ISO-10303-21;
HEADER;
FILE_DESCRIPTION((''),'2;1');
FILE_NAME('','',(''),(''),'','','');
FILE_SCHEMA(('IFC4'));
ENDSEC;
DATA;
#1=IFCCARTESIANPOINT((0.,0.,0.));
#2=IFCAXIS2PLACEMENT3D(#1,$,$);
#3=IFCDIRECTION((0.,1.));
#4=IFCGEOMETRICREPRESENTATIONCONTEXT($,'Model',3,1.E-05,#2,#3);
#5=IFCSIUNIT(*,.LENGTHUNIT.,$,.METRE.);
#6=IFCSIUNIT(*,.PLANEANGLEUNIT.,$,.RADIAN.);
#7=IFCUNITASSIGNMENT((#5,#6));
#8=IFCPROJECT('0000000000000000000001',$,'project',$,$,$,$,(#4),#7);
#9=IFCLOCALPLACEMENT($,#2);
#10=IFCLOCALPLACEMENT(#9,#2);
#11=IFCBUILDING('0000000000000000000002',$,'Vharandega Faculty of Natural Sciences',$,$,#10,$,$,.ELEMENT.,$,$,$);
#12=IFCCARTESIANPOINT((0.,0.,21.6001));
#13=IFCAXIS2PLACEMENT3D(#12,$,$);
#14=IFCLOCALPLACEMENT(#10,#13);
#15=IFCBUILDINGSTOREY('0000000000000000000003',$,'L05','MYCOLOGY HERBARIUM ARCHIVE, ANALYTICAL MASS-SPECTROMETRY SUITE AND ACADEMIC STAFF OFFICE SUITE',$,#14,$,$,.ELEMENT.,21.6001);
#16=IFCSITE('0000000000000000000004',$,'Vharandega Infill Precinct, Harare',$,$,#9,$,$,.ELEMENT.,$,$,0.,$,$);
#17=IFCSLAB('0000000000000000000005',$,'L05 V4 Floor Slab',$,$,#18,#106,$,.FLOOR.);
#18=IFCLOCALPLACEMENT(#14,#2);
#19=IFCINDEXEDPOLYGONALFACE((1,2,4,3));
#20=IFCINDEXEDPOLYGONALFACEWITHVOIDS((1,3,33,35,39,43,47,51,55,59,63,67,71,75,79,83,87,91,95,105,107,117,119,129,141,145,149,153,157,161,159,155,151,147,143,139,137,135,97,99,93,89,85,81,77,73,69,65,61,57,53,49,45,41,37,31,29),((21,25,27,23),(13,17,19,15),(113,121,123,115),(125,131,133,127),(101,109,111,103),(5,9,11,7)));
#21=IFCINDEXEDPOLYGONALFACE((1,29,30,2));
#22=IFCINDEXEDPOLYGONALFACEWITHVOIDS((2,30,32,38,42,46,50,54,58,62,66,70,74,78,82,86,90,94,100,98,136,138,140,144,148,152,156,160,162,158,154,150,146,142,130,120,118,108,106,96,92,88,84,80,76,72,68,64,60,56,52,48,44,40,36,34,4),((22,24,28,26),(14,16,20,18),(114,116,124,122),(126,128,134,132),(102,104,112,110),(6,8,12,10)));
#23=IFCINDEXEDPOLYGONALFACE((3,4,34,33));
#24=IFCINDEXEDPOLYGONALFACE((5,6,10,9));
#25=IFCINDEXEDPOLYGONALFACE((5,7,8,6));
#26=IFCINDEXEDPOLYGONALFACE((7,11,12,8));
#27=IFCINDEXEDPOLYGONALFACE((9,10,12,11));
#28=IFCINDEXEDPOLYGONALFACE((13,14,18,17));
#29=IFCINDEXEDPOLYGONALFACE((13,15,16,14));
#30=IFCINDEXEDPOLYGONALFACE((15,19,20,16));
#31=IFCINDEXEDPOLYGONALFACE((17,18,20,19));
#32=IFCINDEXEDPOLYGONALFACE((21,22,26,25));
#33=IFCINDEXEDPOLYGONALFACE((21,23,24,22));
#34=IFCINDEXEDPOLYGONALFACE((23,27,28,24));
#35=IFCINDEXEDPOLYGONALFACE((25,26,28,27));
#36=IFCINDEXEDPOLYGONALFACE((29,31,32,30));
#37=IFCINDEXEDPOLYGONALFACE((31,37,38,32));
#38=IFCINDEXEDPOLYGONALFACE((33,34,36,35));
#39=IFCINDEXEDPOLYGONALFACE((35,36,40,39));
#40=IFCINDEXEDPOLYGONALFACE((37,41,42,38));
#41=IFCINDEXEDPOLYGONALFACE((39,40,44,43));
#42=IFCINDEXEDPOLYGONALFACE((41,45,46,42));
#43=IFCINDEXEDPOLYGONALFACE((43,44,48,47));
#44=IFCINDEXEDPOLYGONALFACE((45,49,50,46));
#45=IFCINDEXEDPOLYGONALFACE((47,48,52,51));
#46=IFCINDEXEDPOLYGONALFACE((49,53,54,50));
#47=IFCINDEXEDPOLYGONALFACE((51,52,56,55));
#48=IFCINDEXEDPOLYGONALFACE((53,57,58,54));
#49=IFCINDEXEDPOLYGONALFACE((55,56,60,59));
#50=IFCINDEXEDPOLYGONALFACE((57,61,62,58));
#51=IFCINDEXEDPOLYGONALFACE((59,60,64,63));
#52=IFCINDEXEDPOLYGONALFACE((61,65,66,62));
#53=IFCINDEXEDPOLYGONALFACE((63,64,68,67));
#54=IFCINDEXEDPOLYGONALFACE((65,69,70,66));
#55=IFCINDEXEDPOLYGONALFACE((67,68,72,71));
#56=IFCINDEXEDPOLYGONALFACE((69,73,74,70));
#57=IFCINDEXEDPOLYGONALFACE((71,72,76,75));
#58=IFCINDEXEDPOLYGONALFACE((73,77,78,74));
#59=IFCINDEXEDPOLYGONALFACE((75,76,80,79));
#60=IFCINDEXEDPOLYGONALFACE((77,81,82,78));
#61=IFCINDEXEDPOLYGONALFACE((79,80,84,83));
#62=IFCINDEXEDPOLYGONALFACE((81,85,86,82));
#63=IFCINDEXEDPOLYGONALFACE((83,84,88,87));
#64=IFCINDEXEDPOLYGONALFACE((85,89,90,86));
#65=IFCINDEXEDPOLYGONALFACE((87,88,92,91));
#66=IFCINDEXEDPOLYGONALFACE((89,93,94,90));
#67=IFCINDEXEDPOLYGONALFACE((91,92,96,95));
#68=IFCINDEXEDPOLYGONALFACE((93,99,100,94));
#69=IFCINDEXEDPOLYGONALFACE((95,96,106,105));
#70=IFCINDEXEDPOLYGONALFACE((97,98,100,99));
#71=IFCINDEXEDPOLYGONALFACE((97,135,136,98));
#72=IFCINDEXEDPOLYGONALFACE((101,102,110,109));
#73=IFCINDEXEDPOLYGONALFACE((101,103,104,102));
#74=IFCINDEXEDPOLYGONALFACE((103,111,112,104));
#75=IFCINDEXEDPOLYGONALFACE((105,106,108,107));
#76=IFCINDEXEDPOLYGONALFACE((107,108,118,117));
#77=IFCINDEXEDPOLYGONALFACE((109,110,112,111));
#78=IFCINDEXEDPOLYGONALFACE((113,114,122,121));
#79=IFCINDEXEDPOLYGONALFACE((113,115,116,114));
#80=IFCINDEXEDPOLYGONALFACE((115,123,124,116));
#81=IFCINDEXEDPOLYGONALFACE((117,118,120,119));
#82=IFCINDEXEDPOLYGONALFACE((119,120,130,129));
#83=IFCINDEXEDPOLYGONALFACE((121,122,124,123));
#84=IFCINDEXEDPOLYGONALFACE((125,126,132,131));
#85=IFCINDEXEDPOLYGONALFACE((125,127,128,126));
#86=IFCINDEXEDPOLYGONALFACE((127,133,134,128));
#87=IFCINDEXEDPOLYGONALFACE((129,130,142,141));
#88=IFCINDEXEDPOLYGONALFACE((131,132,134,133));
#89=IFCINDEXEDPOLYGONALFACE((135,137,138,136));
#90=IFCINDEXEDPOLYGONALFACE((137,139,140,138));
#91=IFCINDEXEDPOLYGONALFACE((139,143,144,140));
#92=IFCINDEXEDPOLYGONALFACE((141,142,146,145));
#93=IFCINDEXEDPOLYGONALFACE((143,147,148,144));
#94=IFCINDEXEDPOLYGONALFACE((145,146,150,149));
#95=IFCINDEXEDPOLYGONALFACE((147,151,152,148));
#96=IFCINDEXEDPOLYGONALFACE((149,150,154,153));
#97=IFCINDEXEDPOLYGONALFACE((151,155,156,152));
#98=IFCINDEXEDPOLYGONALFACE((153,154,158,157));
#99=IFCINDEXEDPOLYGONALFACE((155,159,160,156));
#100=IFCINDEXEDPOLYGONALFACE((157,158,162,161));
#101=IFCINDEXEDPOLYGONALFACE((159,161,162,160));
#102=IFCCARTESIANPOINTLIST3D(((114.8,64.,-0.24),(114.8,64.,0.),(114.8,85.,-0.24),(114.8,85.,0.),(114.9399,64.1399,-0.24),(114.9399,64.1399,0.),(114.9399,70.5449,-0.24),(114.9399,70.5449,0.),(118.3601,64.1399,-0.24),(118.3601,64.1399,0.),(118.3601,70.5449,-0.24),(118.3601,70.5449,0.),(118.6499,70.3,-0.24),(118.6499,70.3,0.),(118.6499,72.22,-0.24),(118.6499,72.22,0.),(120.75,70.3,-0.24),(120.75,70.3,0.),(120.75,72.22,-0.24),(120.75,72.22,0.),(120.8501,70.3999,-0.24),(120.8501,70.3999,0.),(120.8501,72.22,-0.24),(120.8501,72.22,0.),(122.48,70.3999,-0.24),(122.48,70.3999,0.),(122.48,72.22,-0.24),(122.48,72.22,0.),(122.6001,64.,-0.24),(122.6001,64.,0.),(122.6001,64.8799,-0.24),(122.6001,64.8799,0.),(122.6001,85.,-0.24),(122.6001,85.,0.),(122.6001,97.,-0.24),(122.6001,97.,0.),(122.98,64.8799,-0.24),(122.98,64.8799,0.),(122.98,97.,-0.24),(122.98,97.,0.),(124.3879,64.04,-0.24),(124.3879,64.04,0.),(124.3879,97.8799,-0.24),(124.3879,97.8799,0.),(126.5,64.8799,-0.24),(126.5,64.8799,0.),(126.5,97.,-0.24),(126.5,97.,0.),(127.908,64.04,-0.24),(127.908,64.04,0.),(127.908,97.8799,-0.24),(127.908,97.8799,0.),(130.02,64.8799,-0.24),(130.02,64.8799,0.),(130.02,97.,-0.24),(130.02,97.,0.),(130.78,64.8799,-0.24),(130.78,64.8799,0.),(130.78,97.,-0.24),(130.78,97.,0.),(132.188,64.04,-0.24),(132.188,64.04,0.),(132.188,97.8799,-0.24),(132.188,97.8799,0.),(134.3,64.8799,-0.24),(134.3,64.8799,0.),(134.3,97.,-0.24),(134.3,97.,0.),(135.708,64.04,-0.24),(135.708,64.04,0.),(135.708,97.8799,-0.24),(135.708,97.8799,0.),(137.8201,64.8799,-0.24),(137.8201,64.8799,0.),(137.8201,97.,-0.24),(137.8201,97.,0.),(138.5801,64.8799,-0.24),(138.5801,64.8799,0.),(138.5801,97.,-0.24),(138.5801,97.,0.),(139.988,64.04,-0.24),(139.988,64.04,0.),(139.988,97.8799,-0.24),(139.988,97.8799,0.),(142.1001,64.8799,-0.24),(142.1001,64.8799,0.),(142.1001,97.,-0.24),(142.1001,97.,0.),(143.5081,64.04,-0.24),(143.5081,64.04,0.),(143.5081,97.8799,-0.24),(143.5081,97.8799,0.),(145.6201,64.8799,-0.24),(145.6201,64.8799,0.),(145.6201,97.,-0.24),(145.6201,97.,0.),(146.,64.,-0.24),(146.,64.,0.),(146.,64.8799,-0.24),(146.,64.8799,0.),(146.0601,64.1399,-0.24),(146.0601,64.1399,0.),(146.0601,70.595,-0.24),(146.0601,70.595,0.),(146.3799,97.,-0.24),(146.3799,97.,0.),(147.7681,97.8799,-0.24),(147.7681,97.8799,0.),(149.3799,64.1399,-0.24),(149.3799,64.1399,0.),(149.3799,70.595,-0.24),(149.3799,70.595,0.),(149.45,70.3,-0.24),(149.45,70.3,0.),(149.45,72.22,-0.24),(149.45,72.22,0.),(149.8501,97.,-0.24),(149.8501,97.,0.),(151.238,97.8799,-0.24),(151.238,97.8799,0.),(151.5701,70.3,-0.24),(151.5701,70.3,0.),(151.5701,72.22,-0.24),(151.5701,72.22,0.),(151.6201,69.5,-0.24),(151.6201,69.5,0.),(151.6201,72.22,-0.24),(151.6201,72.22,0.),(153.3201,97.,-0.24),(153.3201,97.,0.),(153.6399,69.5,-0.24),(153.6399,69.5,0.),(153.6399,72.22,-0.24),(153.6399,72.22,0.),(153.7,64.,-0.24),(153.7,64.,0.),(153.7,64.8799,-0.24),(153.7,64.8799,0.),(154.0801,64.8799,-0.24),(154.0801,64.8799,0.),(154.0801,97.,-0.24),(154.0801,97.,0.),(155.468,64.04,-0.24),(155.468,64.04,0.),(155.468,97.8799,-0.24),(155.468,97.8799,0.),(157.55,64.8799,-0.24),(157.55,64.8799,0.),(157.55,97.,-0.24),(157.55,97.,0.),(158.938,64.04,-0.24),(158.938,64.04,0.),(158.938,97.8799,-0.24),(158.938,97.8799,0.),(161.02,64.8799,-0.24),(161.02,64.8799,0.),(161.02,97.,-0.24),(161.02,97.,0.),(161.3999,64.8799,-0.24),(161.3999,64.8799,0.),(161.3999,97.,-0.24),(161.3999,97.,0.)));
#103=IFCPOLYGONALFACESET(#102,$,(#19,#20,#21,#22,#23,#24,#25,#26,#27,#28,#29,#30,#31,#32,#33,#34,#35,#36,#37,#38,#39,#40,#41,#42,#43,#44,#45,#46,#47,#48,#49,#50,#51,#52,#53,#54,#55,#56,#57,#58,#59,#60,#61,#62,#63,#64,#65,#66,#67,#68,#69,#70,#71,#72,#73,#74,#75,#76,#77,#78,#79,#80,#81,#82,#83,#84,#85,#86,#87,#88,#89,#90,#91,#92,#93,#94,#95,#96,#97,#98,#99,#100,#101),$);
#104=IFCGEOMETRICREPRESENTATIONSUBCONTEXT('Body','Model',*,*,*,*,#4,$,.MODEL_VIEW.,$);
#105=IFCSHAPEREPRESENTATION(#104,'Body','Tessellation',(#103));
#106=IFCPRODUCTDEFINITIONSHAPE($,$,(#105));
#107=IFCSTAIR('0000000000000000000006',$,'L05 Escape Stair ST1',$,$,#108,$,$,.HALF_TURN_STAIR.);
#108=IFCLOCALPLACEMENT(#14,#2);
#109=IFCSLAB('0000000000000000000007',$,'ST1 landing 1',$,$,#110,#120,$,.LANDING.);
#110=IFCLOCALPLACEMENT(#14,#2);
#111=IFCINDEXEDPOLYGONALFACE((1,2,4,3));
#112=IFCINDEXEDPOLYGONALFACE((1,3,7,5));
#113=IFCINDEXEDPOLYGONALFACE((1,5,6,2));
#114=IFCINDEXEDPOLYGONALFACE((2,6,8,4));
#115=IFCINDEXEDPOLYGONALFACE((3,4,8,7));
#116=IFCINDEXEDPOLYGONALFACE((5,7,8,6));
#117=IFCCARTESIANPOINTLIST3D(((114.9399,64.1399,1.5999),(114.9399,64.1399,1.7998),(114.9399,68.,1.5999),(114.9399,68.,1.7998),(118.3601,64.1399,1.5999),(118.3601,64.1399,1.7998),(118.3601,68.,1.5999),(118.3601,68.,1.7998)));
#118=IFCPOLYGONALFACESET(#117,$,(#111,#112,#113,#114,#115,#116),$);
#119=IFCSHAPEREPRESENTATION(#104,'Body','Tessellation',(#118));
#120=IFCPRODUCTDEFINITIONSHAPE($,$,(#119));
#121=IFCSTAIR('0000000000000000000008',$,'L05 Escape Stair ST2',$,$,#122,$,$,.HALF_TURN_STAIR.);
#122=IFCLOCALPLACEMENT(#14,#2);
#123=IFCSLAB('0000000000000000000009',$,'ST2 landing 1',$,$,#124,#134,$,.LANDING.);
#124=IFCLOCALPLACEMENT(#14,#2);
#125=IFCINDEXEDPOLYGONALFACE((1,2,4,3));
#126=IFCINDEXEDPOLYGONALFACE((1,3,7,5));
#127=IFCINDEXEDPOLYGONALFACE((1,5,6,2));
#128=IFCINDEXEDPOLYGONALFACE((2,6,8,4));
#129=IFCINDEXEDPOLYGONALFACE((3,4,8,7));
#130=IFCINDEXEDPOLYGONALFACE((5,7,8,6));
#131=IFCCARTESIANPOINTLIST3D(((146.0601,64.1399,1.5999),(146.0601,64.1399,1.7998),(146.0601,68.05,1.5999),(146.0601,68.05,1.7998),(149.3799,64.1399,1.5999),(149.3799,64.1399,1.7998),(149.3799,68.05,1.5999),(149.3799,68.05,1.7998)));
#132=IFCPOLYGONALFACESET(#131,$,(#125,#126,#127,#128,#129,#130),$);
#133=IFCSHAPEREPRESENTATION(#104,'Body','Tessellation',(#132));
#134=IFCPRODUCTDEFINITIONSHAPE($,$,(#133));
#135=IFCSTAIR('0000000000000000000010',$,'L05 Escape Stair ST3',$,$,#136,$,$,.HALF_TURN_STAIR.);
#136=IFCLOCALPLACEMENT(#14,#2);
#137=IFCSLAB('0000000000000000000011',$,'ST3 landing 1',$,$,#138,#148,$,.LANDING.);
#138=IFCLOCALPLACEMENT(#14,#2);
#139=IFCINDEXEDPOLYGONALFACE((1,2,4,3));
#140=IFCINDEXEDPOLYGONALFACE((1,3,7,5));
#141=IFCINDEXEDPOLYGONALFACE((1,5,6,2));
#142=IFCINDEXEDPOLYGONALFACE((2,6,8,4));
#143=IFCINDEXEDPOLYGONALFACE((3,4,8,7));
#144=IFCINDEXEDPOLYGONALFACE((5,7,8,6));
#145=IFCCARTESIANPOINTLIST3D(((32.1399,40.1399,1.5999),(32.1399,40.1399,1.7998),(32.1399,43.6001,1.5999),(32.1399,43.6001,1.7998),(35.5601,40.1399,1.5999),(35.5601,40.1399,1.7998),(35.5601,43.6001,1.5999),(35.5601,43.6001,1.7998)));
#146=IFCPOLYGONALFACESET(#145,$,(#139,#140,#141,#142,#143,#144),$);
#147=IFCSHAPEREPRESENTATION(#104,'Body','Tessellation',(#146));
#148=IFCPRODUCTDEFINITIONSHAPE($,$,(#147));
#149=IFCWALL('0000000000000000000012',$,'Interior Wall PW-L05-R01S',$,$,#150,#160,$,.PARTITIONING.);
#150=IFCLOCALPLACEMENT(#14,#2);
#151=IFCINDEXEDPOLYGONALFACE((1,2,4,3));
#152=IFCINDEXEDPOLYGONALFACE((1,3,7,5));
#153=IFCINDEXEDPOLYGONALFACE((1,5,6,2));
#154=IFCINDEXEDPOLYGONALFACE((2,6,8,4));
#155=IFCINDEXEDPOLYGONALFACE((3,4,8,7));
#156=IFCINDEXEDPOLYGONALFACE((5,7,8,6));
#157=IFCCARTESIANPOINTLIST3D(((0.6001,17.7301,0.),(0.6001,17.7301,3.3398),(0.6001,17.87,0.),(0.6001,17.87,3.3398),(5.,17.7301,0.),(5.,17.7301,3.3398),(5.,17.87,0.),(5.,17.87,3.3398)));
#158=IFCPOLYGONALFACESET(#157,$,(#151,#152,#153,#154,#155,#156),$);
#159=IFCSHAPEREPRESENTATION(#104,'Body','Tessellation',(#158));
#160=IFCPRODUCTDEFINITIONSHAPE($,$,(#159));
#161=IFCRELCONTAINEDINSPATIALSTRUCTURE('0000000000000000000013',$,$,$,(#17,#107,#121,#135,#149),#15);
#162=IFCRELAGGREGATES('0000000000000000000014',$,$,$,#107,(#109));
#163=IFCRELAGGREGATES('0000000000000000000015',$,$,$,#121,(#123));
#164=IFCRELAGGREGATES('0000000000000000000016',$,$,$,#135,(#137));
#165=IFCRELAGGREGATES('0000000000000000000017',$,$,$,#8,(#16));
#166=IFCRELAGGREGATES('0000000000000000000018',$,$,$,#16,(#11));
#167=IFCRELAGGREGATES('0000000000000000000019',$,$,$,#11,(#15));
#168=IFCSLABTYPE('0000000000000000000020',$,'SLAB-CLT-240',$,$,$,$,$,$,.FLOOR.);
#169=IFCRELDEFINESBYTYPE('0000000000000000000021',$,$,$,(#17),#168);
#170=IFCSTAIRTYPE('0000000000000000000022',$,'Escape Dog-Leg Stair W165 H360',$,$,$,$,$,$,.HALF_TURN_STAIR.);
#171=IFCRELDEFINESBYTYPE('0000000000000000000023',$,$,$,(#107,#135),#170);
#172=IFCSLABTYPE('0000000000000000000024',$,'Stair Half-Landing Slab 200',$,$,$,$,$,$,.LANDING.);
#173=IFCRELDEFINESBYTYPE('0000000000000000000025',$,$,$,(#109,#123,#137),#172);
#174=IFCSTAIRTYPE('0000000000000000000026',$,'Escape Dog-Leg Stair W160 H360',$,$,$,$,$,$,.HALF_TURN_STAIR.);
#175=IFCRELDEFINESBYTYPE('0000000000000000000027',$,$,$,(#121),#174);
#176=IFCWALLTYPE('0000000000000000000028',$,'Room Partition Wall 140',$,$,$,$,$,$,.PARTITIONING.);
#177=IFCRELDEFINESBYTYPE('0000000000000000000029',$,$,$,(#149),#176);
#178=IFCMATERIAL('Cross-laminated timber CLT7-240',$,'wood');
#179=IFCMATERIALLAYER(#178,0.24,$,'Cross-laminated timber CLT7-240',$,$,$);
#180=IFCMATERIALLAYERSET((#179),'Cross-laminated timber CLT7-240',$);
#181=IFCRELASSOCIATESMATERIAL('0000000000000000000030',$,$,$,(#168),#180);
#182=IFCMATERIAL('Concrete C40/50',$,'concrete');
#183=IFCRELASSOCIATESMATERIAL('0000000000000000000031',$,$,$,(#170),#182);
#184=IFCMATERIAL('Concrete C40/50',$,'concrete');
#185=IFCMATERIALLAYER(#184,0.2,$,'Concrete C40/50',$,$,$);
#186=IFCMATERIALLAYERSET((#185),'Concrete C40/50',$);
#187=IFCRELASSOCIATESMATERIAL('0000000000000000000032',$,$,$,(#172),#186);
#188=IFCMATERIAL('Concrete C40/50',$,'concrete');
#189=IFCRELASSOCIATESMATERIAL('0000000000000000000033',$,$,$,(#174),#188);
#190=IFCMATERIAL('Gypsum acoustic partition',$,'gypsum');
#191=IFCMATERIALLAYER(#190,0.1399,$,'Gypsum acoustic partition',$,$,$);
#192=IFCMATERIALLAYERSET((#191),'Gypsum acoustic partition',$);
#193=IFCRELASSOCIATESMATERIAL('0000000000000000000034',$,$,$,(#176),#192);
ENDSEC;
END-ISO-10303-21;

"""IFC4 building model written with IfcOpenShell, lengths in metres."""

from ifc_helpers import new_model, si_unit, direction, frame, frame_2d, origin, place, context, subcontext, project, spatial, polyline, rectangle, outline, extrude, material, layer, layer_set, type_object, element, aggregate, save


model = new_model("IFC4")

# Units and contexts
model_context = context("Model", 3, precision=1e-05, world=origin(), true_north=direction((0.0, 1.0)))
body_context = subcontext(model_context, "Body", "Model", "MODEL_VIEW")
ifc_project = project(units=[si_unit("LENGTHUNIT", "METRE"), si_unit("PLANEANGLEUNIT", "RADIAN")], contexts=[model_context])

# Site, building, storey
site_placement = place(None, origin())
site = spatial("IfcSite", under=ifc_project, at=site_placement, Name="Vharandega Infill Precinct, Harare", CompositionType="ELEMENT", RefElevation=0.0)
building_placement = place(site_placement, origin())
building = spatial("IfcBuilding", under=site, at=building_placement, Name="Vharandega Faculty of Natural Sciences", CompositionType="ELEMENT")
storey_placement = place(building_placement, frame((0.0, 0.0, 21.6001)))
storey = spatial("IfcBuildingStorey", under=building, at=storey_placement, Name="L05", Description="MYCOLOGY HERBARIUM ARCHIVE, ANALYTICAL MASS-SPECTROMETRY SUITE AND ACADEMIC STAFF OFFICE SUITE", CompositionType="ELEMENT", Elevation=21.6001)

# Slab
ifc_material_1 = material(Name="Cross-laminated timber CLT7-240", Category="wood")
ifc_layer_1 = layer(ifc_material_1, 0.24, Name="Cross-laminated timber CLT7-240")
ifc_layer_set_1 = layer_set([ifc_layer_1], Name="Cross-laminated timber CLT7-240")
slab_type_1 = type_object("IfcSlabType", Name="SLAB-CLT-240", PredefinedType="FLOOR", material=ifc_layer_set_1)
slab_1_placement = place(storey_placement, frame((0.0, 0.0, -0.24)))
element("IfcSlab", 1, at=slab_1_placement, inside=storey, type_object=slab_type_1, Name="L05 V4 Floor Slab", PredefinedType="FLOOR", context=body_context, shape_type="SweptSolid", body=[
    extrude(outline(polyline([(114.8, 64.0), (122.6001, 64.0), (122.6001, 64.8799), (122.98, 64.8799), (124.3879, 64.04), (126.5, 64.8799), (126.5, 64.8799), (127.908, 64.04), (130.02, 64.8799), (130.78, 64.8799), (132.188, 64.04), (134.3, 64.8799), (134.3, 64.8799), (135.708, 64.04), (137.8201, 64.8799), (138.5801, 64.8799), (139.988, 64.04), (142.1001, 64.8799), (142.1001, 64.8799), (143.5081, 64.04), (145.6201, 64.8799), (146.0, 64.8799), (146.0, 64.0), (153.7, 64.0), (153.7, 64.8799), (154.0801, 64.8799), (155.468, 64.04), (157.55, 64.8799), (157.55, 64.8799), (158.938, 64.04), (161.02, 64.8799), (161.3999, 64.8799), (161.3999, 64.0), (161.3999, 97.0), (161.02, 97.0), (158.938, 97.8799), (157.55, 97.0), (157.55, 97.0), (155.468, 97.8799), (154.0801, 97.0), (153.3201, 97.0), (151.238, 97.8799), (149.8501, 97.0), (149.8501, 97.0), (147.7681, 97.8799), (146.3799, 97.0), (145.6201, 97.0), (143.5081, 97.8799), (142.1001, 97.0), (142.1001, 97.0), (139.988, 97.8799), (138.5801, 97.0), (137.8201, 97.0), (135.708, 97.8799), (134.3, 97.0), (134.3, 97.0), (132.188, 97.8799), (130.78, 97.0), (130.02, 97.0), (127.908, 97.8799), (126.5, 97.0), (126.5, 97.0), (124.3879, 97.8799), (122.98, 97.0), (122.6001, 97.0), (122.6001, 85.0), (114.8, 85.0), (114.8, 64.0)]), holes=[polyline([(114.9399, 70.5449), (114.9399, 64.1399), (118.3601, 64.1399), (118.3601, 70.5449), (114.9399, 70.5449)]), polyline([(118.6499, 70.3), (120.75, 70.3), (120.75, 72.22), (118.6499, 72.22), (118.6499, 70.3)]), polyline([(120.8501, 70.3999), (122.48, 70.3999), (122.48, 72.22), (120.8501, 72.22), (120.8501, 70.3999)]), polyline([(146.0601, 70.595), (146.0601, 64.1399), (149.3799, 64.1399), (149.3799, 70.595), (146.0601, 70.595)]), polyline([(149.45, 70.3), (151.5701, 70.3), (151.5701, 72.22), (149.45, 72.22), (149.45, 70.3)]), polyline([(151.6201, 69.5), (153.6399, 69.5), (153.6399, 72.22), (151.6201, 72.22), (151.6201, 69.5)])]), origin(), (0.0, 0.0, 1.0), 0.24),
])

# Stairs, slabs
ifc_material_2 = material(Name="Concrete C40/50", Category="concrete")
stair_type_1 = type_object("IfcStairType", Name="Escape Dog-Leg Stair W165 H360", PredefinedType="HALF_TURN_STAIR", material=ifc_material_2)
stair_1_placement = place(storey_placement, origin())
stair_1 = element("IfcStair", 2, at=stair_1_placement, inside=storey, type_object=stair_type_1, Name="L05 Escape Stair ST1", PredefinedType="HALF_TURN_STAIR")
ifc_material_3 = material(Name="Concrete C40/50", Category="concrete")
ifc_layer_2 = layer(ifc_material_3, 0.2, Name="Concrete C40/50")
ifc_layer_set_2 = layer_set([ifc_layer_2], Name="Concrete C40/50")
slab_type_2 = type_object("IfcSlabType", Name="Stair Half-Landing Slab 200", PredefinedType="LANDING", material=ifc_layer_set_2)
slab_2_placement = place(storey_placement, frame((0.0, 0.0, 1.5999)))
slab_2 = element("IfcSlab", 3, at=slab_2_placement, type_object=slab_type_2, Name="ST1 landing 1", PredefinedType="LANDING", context=body_context, shape_type="SweptSolid", body=[
    extrude(outline(polyline([(114.9399, 68.0), (114.9399, 64.1399), (118.3601, 64.1399), (118.3601, 68.0), (114.9399, 68.0)])), origin(), (0.0, 0.0, 1.0), 0.2),
])
aggregate(stair_1, [slab_2])
ifc_material_4 = material(Name="Concrete C40/50", Category="concrete")
stair_type_2 = type_object("IfcStairType", Name="Escape Dog-Leg Stair W160 H360", PredefinedType="HALF_TURN_STAIR", material=ifc_material_4)
stair_2_placement = place(storey_placement, origin())
stair_2 = element("IfcStair", 4, at=stair_2_placement, inside=storey, type_object=stair_type_2, Name="L05 Escape Stair ST2", PredefinedType="HALF_TURN_STAIR")
slab_3_placement = place(storey_placement, frame((0.0, 0.0, 1.5999)))
slab_3 = element("IfcSlab", 5, at=slab_3_placement, type_object=slab_type_2, Name="ST2 landing 1", PredefinedType="LANDING", context=body_context, shape_type="SweptSolid", body=[
    extrude(outline(polyline([(146.0601, 68.05), (146.0601, 64.1399), (149.3799, 64.1399), (149.3799, 68.05), (146.0601, 68.05)])), origin(), (0.0, 0.0, 1.0), 0.2),
])
aggregate(stair_2, [slab_3])
stair_3_placement = place(storey_placement, origin())
stair_3 = element("IfcStair", 6, at=stair_3_placement, inside=storey, type_object=stair_type_1, Name="L05 Escape Stair ST3", PredefinedType="HALF_TURN_STAIR")
slab_4_placement = place(storey_placement, frame((0.0, 0.0, 1.5999)))
slab_4 = element("IfcSlab", 7, at=slab_4_placement, type_object=slab_type_2, Name="ST3 landing 1", PredefinedType="LANDING", context=body_context, shape_type="SweptSolid", body=[
    extrude(outline(polyline([(32.1399, 43.6001), (32.1399, 40.1399), (35.5601, 40.1399), (35.5601, 43.6001), (32.1399, 43.6001)])), origin(), (0.0, 0.0, 1.0), 0.2),
])
aggregate(stair_3, [slab_4])

# Wall
ifc_material_5 = material(Name="Gypsum acoustic partition", Category="gypsum")
ifc_layer_3 = layer(ifc_material_5, 0.1399, Name="Gypsum acoustic partition")
ifc_layer_set_3 = layer_set([ifc_layer_3], Name="Gypsum acoustic partition")
wall_type_1 = type_object("IfcWallType", Name="Room Partition Wall 140", PredefinedType="PARTITIONING", material=ifc_layer_set_3)
wall_1_placement = place(storey_placement, frame((0.6001, 17.8, 0.0), z_axis=(0.0, 0.0, 1.0), x_axis=(1.0, 0.0, 0.0)))
element("IfcWall", 8, at=wall_1_placement, inside=storey, type_object=wall_type_1, Name="Interior Wall PW-L05-R01S", PredefinedType="PARTITIONING", context=body_context, shape_type="SweptSolid", body=[
    extrude(rectangle(XDim=4.3999, YDim=0.1399, at=frame_2d((2.2, 0.0))), origin(), (0.0, 0.0, 1.0), 3.3398),
])

save(model, "model.ifc")
